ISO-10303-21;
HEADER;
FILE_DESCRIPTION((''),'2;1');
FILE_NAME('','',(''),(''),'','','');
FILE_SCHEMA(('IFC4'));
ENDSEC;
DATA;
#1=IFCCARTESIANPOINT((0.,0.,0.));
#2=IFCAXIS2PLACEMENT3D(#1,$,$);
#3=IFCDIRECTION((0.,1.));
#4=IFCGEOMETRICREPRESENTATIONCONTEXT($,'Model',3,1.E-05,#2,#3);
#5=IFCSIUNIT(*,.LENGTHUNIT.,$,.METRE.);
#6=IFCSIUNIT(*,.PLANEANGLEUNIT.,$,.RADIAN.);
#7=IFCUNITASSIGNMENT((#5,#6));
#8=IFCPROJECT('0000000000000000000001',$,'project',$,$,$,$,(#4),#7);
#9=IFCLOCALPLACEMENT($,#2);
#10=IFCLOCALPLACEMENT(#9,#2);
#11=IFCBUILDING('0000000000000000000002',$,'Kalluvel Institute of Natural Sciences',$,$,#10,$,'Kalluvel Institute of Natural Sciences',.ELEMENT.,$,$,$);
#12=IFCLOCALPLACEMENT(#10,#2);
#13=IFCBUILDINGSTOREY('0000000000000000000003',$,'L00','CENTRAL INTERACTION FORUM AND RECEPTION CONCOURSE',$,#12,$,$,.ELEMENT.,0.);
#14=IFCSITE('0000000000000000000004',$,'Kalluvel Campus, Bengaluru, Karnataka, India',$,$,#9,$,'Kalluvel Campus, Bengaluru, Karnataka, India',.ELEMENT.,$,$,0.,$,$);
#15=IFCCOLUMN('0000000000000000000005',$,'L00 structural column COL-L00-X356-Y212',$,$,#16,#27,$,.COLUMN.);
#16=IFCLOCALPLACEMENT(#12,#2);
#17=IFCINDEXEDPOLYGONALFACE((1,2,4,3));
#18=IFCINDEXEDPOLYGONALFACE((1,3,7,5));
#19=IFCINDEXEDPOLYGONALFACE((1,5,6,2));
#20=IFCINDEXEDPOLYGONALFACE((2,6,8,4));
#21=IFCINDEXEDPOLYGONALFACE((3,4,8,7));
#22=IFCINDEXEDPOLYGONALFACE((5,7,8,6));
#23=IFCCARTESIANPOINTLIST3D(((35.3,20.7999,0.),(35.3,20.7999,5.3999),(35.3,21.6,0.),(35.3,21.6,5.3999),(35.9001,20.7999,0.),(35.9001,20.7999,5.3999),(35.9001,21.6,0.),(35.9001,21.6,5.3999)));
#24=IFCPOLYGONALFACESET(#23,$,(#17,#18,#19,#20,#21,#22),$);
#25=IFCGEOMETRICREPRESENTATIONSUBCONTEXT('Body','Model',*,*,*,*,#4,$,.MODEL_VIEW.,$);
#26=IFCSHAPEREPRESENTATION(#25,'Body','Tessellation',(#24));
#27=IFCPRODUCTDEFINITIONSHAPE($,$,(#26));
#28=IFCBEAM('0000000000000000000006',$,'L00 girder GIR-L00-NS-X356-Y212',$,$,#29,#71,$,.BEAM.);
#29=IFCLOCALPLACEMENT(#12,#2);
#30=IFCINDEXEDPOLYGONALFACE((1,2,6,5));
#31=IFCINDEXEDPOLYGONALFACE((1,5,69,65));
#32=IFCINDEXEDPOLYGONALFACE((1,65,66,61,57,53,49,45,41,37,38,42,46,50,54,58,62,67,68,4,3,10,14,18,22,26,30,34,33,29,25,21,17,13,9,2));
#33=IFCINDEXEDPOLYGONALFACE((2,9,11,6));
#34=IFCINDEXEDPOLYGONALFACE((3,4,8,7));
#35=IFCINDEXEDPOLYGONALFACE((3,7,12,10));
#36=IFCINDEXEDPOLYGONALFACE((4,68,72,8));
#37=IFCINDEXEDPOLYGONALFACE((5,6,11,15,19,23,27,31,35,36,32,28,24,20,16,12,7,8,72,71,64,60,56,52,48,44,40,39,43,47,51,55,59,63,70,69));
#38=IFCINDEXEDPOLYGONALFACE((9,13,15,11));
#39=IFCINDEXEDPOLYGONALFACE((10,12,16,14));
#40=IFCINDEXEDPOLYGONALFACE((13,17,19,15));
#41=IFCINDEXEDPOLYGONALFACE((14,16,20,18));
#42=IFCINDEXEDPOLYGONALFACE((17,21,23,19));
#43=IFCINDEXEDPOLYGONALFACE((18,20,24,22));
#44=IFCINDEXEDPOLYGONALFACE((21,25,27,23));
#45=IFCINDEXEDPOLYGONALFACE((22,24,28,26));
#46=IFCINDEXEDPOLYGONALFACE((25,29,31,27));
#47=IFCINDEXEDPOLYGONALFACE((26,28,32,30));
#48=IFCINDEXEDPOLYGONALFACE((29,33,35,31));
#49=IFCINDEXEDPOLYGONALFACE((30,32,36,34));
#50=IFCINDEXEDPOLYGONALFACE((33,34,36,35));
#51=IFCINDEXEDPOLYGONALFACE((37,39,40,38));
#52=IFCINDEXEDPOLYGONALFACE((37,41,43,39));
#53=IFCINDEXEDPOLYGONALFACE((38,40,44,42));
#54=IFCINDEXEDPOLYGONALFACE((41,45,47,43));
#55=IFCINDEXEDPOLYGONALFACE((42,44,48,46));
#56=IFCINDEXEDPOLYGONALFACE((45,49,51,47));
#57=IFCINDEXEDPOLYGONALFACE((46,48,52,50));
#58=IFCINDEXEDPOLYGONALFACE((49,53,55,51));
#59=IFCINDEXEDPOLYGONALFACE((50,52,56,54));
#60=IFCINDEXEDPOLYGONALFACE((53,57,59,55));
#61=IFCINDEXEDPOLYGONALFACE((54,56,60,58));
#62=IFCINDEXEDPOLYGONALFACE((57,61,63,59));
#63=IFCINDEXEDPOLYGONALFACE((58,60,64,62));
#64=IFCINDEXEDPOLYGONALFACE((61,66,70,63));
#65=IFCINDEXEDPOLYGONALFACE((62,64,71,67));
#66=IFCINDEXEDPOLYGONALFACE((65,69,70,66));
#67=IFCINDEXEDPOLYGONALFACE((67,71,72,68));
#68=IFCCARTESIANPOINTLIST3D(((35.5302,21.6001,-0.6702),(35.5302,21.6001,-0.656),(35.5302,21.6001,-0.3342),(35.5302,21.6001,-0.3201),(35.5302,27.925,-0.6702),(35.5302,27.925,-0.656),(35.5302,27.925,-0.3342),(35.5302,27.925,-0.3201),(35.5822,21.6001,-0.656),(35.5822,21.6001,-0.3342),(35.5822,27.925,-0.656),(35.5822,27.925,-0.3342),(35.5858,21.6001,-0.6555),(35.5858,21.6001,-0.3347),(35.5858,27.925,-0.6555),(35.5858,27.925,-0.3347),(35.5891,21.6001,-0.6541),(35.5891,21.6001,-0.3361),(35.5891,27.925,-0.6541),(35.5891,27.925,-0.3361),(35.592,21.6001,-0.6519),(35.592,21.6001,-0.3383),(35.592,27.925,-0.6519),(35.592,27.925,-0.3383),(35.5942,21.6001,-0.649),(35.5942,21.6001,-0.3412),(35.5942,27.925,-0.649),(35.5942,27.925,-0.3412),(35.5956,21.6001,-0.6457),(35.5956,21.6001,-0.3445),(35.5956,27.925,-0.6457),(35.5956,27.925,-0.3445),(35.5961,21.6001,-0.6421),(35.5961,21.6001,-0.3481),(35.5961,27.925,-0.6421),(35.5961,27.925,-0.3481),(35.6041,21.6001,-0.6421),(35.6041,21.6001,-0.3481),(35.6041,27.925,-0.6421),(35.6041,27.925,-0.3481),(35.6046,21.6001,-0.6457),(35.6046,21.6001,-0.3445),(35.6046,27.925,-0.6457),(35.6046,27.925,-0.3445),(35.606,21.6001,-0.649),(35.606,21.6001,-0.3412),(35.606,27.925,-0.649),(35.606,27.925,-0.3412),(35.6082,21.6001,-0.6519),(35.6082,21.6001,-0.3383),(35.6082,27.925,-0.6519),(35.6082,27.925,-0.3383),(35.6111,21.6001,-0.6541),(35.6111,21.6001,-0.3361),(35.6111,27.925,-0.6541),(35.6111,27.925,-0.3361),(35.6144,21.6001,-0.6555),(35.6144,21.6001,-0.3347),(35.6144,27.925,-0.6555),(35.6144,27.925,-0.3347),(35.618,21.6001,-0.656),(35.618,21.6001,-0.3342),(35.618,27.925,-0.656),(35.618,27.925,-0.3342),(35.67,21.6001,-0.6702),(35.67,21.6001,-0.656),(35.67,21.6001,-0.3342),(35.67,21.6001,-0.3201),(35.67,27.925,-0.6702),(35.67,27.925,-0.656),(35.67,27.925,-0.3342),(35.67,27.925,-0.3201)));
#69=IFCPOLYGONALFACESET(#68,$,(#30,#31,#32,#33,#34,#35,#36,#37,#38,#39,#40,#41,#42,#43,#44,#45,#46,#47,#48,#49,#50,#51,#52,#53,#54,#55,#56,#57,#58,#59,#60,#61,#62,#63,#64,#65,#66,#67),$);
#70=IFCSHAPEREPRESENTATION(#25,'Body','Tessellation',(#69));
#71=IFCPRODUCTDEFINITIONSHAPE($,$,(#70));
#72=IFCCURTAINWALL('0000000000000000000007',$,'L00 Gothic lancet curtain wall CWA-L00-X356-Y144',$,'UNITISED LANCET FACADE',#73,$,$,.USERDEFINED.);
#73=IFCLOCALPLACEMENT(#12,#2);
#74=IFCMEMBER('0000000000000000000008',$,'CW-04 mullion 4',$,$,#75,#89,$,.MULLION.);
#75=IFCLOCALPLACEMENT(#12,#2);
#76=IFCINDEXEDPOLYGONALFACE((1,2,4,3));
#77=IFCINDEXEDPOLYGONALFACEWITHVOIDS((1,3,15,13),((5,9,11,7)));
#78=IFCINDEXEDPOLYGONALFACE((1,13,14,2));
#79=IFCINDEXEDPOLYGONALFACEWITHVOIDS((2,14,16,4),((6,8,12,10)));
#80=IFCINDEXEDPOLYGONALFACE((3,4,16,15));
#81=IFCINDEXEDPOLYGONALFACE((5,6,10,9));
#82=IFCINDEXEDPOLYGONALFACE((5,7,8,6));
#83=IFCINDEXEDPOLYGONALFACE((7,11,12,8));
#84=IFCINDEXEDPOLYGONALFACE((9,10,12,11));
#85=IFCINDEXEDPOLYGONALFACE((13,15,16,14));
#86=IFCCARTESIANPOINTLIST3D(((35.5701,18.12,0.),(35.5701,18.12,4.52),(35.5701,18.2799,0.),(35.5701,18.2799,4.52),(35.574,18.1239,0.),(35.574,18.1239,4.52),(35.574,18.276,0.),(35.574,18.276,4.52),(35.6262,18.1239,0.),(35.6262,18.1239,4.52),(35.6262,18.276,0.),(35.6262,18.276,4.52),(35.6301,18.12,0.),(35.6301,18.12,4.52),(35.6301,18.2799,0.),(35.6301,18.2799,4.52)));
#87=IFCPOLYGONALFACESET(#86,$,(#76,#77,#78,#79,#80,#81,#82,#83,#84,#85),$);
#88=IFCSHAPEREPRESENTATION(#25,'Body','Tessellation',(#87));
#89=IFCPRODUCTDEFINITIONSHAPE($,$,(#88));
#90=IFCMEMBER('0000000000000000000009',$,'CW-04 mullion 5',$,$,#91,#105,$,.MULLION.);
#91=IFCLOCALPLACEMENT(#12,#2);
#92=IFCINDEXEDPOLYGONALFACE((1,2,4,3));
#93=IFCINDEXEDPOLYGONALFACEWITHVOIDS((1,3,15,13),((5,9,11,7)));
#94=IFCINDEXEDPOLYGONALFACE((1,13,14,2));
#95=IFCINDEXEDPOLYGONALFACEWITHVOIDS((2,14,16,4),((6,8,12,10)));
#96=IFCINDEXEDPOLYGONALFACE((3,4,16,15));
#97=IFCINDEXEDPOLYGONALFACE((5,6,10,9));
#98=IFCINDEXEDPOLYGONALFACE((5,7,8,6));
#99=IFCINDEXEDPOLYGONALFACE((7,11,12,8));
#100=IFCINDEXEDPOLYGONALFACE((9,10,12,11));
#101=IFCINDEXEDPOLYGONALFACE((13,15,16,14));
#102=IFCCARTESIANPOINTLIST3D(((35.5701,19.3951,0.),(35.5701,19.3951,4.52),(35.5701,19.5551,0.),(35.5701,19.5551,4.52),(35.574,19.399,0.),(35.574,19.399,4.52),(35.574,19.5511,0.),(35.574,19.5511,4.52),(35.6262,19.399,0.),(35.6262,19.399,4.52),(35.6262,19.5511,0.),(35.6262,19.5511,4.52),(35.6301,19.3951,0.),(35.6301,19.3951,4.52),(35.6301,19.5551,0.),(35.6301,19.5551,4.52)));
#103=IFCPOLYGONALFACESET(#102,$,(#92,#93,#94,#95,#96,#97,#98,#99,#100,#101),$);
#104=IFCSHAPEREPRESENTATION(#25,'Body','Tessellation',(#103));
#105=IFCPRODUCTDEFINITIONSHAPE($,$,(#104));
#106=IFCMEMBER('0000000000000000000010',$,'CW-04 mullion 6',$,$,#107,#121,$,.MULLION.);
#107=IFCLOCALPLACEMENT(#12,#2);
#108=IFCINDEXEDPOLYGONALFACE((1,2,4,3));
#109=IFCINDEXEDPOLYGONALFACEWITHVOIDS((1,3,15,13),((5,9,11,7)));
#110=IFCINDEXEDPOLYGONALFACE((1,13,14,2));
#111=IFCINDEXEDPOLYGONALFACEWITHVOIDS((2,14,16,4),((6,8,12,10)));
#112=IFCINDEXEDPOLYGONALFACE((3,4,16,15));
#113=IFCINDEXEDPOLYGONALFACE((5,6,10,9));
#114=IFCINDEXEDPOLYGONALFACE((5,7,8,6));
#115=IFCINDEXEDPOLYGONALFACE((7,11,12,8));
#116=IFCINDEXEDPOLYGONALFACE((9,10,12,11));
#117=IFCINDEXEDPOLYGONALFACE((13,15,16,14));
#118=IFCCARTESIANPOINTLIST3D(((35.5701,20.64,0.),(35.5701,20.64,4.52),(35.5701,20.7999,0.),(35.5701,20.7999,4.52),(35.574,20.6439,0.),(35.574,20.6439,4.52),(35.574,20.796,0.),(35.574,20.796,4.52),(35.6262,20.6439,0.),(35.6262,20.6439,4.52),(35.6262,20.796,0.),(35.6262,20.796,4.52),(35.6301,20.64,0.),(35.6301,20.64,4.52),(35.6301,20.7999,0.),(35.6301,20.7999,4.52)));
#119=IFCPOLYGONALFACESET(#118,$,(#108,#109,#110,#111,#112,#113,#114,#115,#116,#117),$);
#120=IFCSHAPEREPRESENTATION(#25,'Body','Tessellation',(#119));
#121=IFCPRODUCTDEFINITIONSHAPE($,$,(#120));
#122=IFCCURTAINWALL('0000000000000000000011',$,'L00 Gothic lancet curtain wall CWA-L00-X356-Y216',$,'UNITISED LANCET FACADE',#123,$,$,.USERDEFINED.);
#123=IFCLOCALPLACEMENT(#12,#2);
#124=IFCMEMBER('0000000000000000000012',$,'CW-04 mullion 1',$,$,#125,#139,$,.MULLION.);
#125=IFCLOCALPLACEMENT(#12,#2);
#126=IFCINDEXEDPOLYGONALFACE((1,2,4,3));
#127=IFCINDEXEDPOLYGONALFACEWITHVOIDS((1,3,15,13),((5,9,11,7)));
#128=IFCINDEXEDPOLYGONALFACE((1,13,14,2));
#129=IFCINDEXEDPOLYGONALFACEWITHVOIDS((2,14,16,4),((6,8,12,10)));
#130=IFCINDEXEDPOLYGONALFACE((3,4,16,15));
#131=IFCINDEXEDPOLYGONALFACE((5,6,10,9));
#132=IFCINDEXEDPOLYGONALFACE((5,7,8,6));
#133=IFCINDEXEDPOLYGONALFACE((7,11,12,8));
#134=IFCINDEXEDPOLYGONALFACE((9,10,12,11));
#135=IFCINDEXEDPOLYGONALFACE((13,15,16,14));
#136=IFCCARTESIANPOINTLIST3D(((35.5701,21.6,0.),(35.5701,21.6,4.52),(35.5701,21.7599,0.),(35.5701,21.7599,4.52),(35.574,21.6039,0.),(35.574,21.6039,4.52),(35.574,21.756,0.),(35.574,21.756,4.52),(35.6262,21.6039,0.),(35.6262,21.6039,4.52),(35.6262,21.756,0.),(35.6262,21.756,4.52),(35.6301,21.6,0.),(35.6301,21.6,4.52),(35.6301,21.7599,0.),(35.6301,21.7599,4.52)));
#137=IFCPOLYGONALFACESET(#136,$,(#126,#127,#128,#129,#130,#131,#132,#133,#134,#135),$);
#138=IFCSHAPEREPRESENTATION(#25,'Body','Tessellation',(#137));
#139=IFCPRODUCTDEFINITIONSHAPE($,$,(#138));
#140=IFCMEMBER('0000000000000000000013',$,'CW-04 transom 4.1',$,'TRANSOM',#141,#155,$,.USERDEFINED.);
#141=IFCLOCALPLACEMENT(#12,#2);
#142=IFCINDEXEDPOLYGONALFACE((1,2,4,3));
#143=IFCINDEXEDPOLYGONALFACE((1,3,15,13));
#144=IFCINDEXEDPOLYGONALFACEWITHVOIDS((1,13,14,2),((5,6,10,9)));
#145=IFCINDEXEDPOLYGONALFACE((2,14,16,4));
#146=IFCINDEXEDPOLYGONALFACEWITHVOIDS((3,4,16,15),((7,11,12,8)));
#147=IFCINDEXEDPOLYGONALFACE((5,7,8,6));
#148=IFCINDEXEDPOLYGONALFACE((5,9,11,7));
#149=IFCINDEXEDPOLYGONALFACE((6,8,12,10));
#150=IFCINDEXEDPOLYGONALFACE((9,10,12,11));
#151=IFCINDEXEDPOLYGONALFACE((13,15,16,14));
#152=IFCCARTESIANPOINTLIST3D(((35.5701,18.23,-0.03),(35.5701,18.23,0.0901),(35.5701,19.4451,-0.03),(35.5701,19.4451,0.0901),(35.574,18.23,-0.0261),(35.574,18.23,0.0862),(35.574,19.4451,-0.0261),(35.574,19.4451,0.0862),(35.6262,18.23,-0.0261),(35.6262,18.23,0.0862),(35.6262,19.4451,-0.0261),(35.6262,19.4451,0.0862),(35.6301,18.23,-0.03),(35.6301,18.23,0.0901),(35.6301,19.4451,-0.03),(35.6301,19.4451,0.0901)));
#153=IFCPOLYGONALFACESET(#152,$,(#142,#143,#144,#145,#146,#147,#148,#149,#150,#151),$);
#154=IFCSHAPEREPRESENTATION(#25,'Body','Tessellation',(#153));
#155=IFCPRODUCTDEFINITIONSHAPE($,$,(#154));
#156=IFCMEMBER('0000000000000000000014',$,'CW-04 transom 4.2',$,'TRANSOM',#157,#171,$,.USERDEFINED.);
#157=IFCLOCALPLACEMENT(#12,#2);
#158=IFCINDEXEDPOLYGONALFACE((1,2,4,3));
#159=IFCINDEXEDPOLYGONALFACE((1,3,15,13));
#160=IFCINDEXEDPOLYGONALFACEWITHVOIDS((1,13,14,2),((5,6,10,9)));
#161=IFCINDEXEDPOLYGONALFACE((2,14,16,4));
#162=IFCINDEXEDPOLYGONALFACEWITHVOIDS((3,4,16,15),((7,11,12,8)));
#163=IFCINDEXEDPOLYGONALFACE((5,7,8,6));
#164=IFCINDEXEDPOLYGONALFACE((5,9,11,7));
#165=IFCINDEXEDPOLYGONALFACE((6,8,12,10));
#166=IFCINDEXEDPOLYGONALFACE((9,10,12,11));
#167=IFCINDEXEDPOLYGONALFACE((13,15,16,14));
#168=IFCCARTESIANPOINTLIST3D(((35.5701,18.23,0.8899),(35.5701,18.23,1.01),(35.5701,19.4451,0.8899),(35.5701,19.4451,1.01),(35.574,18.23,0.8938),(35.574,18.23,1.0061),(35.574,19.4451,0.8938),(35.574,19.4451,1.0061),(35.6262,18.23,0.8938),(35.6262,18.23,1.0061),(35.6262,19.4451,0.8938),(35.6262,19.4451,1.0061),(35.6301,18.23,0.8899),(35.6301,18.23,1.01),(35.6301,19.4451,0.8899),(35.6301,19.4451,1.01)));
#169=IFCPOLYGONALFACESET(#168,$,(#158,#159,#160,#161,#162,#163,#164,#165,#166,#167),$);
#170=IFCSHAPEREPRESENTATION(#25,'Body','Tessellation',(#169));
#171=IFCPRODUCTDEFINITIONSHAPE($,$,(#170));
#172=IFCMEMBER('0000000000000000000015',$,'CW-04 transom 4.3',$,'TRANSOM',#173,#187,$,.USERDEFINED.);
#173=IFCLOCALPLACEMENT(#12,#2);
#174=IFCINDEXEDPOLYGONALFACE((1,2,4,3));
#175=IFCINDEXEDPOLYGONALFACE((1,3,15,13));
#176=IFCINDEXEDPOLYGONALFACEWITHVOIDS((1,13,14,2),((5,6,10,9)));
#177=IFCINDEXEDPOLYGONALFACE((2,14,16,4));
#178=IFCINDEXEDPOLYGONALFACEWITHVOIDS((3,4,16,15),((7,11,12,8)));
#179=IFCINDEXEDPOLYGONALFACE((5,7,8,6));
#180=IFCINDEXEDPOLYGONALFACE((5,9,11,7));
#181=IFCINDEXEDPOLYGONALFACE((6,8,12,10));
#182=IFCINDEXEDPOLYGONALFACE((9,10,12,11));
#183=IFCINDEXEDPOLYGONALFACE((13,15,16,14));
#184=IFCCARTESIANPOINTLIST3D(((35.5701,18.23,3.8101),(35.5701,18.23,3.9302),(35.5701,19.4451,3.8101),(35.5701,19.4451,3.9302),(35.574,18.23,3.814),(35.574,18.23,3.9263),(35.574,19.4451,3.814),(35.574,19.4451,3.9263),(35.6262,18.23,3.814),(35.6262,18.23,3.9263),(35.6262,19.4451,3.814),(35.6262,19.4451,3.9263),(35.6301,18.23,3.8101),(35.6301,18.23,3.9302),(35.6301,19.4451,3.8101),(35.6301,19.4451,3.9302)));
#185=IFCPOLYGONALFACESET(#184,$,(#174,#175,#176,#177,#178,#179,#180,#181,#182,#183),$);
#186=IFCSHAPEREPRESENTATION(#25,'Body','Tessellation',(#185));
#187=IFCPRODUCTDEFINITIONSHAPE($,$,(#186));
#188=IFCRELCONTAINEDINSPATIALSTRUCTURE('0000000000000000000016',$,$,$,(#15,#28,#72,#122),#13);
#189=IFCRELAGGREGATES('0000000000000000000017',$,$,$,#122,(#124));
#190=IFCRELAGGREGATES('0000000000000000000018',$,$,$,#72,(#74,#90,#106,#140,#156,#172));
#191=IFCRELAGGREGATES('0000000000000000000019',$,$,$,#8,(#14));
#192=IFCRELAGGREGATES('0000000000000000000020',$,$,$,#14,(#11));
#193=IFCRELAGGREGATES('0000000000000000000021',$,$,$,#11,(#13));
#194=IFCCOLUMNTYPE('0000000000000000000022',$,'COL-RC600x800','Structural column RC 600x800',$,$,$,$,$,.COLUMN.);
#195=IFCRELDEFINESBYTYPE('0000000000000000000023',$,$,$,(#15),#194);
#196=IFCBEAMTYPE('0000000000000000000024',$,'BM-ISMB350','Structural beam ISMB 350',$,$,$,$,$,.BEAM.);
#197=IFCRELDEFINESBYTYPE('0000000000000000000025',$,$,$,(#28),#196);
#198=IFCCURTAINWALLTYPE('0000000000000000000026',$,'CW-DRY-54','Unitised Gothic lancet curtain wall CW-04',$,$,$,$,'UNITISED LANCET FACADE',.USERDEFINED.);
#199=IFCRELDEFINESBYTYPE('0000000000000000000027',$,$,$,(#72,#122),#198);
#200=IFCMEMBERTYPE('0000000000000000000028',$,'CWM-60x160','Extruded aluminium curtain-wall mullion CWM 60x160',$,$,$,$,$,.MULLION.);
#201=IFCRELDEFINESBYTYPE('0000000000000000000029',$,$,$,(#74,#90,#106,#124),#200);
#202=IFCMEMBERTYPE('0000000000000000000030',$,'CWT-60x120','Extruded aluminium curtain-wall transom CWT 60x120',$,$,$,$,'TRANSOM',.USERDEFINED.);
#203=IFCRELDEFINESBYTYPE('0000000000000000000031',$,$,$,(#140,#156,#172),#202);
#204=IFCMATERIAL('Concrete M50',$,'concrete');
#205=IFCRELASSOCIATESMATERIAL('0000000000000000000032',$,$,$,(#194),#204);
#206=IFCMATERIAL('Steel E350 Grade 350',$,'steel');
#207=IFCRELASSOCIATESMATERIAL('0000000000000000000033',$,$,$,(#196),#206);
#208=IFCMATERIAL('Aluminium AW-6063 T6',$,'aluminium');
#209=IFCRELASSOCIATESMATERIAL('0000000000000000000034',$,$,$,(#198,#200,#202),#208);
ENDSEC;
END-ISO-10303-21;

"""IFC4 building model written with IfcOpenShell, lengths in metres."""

from ifc_helpers import new_model, si_unit, direction, frame, origin, origin_2d, place, context, subcontext, project, spatial, rectangle, hollow_rectangle, i_section, extrude, material, material_profile, profile_set, type_object, element, aggregate, save


model = new_model("IFC4")

# Units and contexts
model_context = context("Model", 3, precision=1e-05, world=origin(), true_north=direction((0.0, 1.0)))
body_context = subcontext(model_context, "Body", "Model", "MODEL_VIEW")
ifc_project = project(units=[si_unit("LENGTHUNIT", "METRE"), si_unit("PLANEANGLEUNIT", "RADIAN")], contexts=[model_context])

# Site, building, storey
site_placement = place(None, origin())
site = spatial("IfcSite", under=ifc_project, at=site_placement, Name="Kalluvel Campus, Bengaluru, Karnataka, India", LongName="Kalluvel Campus, Bengaluru, Karnataka, India", CompositionType="ELEMENT", RefElevation=0.0)
building_placement = place(site_placement, origin())
building = spatial("IfcBuilding", under=site, at=building_placement, Name="Kalluvel Institute of Natural Sciences", LongName="Kalluvel Institute of Natural Sciences", CompositionType="ELEMENT")
storey_placement = place(building_placement, origin())
storey = spatial("IfcBuildingStorey", under=building, at=storey_placement, Name="L00", Description="CENTRAL INTERACTION FORUM AND RECEPTION CONCOURSE", CompositionType="ELEMENT", Elevation=0.0)

# Column
ifc_material_1 = material(Name="Concrete M50", Category="concrete")
ifc_material_profile_1 = material_profile(ifc_material_1, rectangle(XDim=0.6001, YDim=0.8, at=origin_2d()), Name="RC 600x800")
ifc_profile_set_1 = profile_set([ifc_material_profile_1], Name="Concrete M50")
column_type = type_object("IfcColumnType", Name="COL-RC600x800", Description="Structural column RC 600x800", PredefinedType="COLUMN", material=ifc_profile_set_1)
column_placement = place(storey_placement, frame((35.6001, 21.2, 0.0), z_axis=(0.0, 0.0, 1.0), x_axis=(1.0, 0.0, 0.0)))
element("IfcColumn", 1, at=column_placement, inside=storey, type_object=column_type, Name="L00 structural column COL-L00-X356-Y212", PredefinedType="COLUMN", context=body_context, shape_type="SweptSolid", body=[
    extrude(rectangle(XDim=0.6001, YDim=0.8, at=origin_2d()), origin(), (0.0, 0.0, 1.0), 5.3999),
])

# Beam
ifc_material_2 = material(Name="Steel E350 Grade 350", Category="steel")
ifc_material_profile_2 = material_profile(ifc_material_2, i_section(OverallWidth=0.1399, OverallDepth=0.3501, WebThickness=0.0081, FlangeThickness=0.0142, FilletRadius=0.0139, at=origin_2d()), Name="ISMB 350")
ifc_profile_set_2 = profile_set([ifc_material_profile_2], Name="Steel E350 Grade 350")
beam_type = type_object("IfcBeamType", Name="BM-ISMB350", Description="Structural beam ISMB 350", PredefinedType="BEAM", material=ifc_profile_set_2)
beam_placement = place(storey_placement, frame((35.6001, 21.6001, -0.4951), z_axis=(0.0, 1.0, 0.0), x_axis=(-1.0, 0.0, 0.0)))
element("IfcBeam", 2, at=beam_placement, inside=storey, type_object=beam_type, Name="L00 girder GIR-L00-NS-X356-Y212", PredefinedType="BEAM", context=body_context, shape_type="SweptSolid", body=[
    extrude(i_section(OverallWidth=0.1399, OverallDepth=0.3501, WebThickness=0.0081, FlangeThickness=0.0142, FilletRadius=0.0139, at=origin_2d()), origin(), (0.0, 0.0, 1.0), 6.325),
])

# Curtain wall, members
ifc_material_3 = material(Name="Aluminium AW-6063 T6", Category="aluminium")
curtain_wall_type = type_object("IfcCurtainWallType", Name="CW-DRY-54", Description="Unitised Gothic lancet curtain wall CW-04", ElementType="UNITISED LANCET FACADE", PredefinedType="USERDEFINED", material=ifc_material_3)
curtain_wall_1_placement = place(storey_placement, origin())
curtain_wall_1 = element("IfcCurtainWall", 3, at=curtain_wall_1_placement, inside=storey, type_object=curtain_wall_type, Name="L00 Gothic lancet curtain wall CWA-L00-X356-Y144", ObjectType="UNITISED LANCET FACADE", PredefinedType="USERDEFINED")
ifc_material_profile_3 = material_profile(ifc_material_3, hollow_rectangle(XDim=0.0601, YDim=0.1599, WallThickness=0.0039, at=origin_2d()), Name="CWM 60x160")
ifc_profile_set_3 = profile_set([ifc_material_profile_3], Name="Aluminium AW-6063 T6")
member_type_1 = type_object("IfcMemberType", Name="CWM-60x160", Description="Extruded aluminium curtain-wall mullion CWM 60x160", PredefinedType="MULLION", material=ifc_profile_set_3)
member_1_placement = place(storey_placement, frame((35.6001, 18.2, 0.0), z_axis=(0.0, 0.0, 1.0), x_axis=(-1.0, 0.0, 0.0)))
member_1 = element("IfcMember", 4, at=member_1_placement, type_object=member_type_1, Name="CW-04 mullion 4", PredefinedType="MULLION", context=body_context, shape_type="SweptSolid", body=[
    extrude(hollow_rectangle(XDim=0.0601, YDim=0.1599, WallThickness=0.0039, at=origin_2d()), origin(), (0.0, 0.0, 1.0), 4.52),
])
member_2_placement = place(storey_placement, frame((35.6001, 19.4751, 0.0), z_axis=(0.0, 0.0, 1.0), x_axis=(-1.0, 0.0, 0.0)))
member_2 = element("IfcMember", 5, at=member_2_placement, type_object=member_type_1, Name="CW-04 mullion 5", PredefinedType="MULLION", context=body_context, shape_type="SweptSolid", body=[
    extrude(hollow_rectangle(XDim=0.0601, YDim=0.1599, WallThickness=0.0039, at=origin_2d()), origin(), (0.0, 0.0, 1.0), 4.52),
])
member_3_placement = place(storey_placement, frame((35.6001, 20.72, 0.0), z_axis=(0.0, 0.0, 1.0), x_axis=(-1.0, 0.0, 0.0)))
member_3 = element("IfcMember", 6, at=member_3_placement, type_object=member_type_1, Name="CW-04 mullion 6", PredefinedType="MULLION", context=body_context, shape_type="SweptSolid", body=[
    extrude(hollow_rectangle(XDim=0.0601, YDim=0.1599, WallThickness=0.0039, at=origin_2d()), origin(), (0.0, 0.0, 1.0), 4.52),
])

# Curtain wall, member
curtain_wall_2_placement = place(storey_placement, origin())
curtain_wall_2 = element("IfcCurtainWall", 7, at=curtain_wall_2_placement, inside=storey, type_object=curtain_wall_type, Name="L00 Gothic lancet curtain wall CWA-L00-X356-Y216", ObjectType="UNITISED LANCET FACADE", PredefinedType="USERDEFINED")
member_4_placement = place(storey_placement, frame((35.6001, 21.6799, 0.0), z_axis=(0.0, 0.0, 1.0), x_axis=(-1.0, 0.0, 0.0)))
member_4 = element("IfcMember", 8, at=member_4_placement, type_object=member_type_1, Name="CW-04 mullion 1", PredefinedType="MULLION", context=body_context, shape_type="SweptSolid", body=[
    extrude(hollow_rectangle(XDim=0.0601, YDim=0.1599, WallThickness=0.0039, at=origin_2d()), origin(), (0.0, 0.0, 1.0), 4.52),
])

# Members
ifc_material_profile_4 = material_profile(ifc_material_3, hollow_rectangle(XDim=0.0601, YDim=0.1201, WallThickness=0.0039, at=origin_2d()), Name="CWT 60x120")
ifc_profile_set_4 = profile_set([ifc_material_profile_4], Name="Aluminium AW-6063 T6")
member_type_2 = type_object("IfcMemberType", Name="CWT-60x120", Description="Extruded aluminium curtain-wall transom CWT 60x120", ElementType="TRANSOM", PredefinedType="USERDEFINED", material=ifc_profile_set_4)
member_5_placement = place(storey_placement, frame((35.6001, 18.23, 0.03), z_axis=(0.0, 1.0, 0.0), x_axis=(-1.0, 0.0, 0.0)))
member_5 = element("IfcMember", 9, at=member_5_placement, type_object=member_type_2, Name="CW-04 transom 4.1", ObjectType="TRANSOM", PredefinedType="USERDEFINED", context=body_context, shape_type="SweptSolid", body=[
    extrude(hollow_rectangle(XDim=0.0601, YDim=0.1201, WallThickness=0.0039, at=origin_2d()), origin(), (0.0, 0.0, 1.0), 1.2151),
])
member_6_placement = place(storey_placement, frame((35.6001, 18.23, 0.95), z_axis=(0.0, 1.0, 0.0), x_axis=(-1.0, 0.0, 0.0)))
member_6 = element("IfcMember", 10, at=member_6_placement, type_object=member_type_2, Name="CW-04 transom 4.2", ObjectType="TRANSOM", PredefinedType="USERDEFINED", context=body_context, shape_type="SweptSolid", body=[
    extrude(hollow_rectangle(XDim=0.0601, YDim=0.1201, WallThickness=0.0039, at=origin_2d()), origin(), (0.0, 0.0, 1.0), 1.2151),
])
member_7_placement = place(storey_placement, frame((35.6001, 18.23, 3.8701), z_axis=(0.0, 1.0, 0.0), x_axis=(-1.0, 0.0, 0.0)))
member_7 = element("IfcMember", 11, at=member_7_placement, type_object=member_type_2, Name="CW-04 transom 4.3", ObjectType="TRANSOM", PredefinedType="USERDEFINED", context=body_context, shape_type="SweptSolid", body=[
    extrude(hollow_rectangle(XDim=0.0601, YDim=0.1201, WallThickness=0.0039, at=origin_2d()), origin(), (0.0, 0.0, 1.0), 1.2151),
])
aggregate(curtain_wall_2, [member_4])

aggregate(curtain_wall_1, [member_1, member_2, member_3, member_5, member_6, member_7])

save(model, "model.ifc")
